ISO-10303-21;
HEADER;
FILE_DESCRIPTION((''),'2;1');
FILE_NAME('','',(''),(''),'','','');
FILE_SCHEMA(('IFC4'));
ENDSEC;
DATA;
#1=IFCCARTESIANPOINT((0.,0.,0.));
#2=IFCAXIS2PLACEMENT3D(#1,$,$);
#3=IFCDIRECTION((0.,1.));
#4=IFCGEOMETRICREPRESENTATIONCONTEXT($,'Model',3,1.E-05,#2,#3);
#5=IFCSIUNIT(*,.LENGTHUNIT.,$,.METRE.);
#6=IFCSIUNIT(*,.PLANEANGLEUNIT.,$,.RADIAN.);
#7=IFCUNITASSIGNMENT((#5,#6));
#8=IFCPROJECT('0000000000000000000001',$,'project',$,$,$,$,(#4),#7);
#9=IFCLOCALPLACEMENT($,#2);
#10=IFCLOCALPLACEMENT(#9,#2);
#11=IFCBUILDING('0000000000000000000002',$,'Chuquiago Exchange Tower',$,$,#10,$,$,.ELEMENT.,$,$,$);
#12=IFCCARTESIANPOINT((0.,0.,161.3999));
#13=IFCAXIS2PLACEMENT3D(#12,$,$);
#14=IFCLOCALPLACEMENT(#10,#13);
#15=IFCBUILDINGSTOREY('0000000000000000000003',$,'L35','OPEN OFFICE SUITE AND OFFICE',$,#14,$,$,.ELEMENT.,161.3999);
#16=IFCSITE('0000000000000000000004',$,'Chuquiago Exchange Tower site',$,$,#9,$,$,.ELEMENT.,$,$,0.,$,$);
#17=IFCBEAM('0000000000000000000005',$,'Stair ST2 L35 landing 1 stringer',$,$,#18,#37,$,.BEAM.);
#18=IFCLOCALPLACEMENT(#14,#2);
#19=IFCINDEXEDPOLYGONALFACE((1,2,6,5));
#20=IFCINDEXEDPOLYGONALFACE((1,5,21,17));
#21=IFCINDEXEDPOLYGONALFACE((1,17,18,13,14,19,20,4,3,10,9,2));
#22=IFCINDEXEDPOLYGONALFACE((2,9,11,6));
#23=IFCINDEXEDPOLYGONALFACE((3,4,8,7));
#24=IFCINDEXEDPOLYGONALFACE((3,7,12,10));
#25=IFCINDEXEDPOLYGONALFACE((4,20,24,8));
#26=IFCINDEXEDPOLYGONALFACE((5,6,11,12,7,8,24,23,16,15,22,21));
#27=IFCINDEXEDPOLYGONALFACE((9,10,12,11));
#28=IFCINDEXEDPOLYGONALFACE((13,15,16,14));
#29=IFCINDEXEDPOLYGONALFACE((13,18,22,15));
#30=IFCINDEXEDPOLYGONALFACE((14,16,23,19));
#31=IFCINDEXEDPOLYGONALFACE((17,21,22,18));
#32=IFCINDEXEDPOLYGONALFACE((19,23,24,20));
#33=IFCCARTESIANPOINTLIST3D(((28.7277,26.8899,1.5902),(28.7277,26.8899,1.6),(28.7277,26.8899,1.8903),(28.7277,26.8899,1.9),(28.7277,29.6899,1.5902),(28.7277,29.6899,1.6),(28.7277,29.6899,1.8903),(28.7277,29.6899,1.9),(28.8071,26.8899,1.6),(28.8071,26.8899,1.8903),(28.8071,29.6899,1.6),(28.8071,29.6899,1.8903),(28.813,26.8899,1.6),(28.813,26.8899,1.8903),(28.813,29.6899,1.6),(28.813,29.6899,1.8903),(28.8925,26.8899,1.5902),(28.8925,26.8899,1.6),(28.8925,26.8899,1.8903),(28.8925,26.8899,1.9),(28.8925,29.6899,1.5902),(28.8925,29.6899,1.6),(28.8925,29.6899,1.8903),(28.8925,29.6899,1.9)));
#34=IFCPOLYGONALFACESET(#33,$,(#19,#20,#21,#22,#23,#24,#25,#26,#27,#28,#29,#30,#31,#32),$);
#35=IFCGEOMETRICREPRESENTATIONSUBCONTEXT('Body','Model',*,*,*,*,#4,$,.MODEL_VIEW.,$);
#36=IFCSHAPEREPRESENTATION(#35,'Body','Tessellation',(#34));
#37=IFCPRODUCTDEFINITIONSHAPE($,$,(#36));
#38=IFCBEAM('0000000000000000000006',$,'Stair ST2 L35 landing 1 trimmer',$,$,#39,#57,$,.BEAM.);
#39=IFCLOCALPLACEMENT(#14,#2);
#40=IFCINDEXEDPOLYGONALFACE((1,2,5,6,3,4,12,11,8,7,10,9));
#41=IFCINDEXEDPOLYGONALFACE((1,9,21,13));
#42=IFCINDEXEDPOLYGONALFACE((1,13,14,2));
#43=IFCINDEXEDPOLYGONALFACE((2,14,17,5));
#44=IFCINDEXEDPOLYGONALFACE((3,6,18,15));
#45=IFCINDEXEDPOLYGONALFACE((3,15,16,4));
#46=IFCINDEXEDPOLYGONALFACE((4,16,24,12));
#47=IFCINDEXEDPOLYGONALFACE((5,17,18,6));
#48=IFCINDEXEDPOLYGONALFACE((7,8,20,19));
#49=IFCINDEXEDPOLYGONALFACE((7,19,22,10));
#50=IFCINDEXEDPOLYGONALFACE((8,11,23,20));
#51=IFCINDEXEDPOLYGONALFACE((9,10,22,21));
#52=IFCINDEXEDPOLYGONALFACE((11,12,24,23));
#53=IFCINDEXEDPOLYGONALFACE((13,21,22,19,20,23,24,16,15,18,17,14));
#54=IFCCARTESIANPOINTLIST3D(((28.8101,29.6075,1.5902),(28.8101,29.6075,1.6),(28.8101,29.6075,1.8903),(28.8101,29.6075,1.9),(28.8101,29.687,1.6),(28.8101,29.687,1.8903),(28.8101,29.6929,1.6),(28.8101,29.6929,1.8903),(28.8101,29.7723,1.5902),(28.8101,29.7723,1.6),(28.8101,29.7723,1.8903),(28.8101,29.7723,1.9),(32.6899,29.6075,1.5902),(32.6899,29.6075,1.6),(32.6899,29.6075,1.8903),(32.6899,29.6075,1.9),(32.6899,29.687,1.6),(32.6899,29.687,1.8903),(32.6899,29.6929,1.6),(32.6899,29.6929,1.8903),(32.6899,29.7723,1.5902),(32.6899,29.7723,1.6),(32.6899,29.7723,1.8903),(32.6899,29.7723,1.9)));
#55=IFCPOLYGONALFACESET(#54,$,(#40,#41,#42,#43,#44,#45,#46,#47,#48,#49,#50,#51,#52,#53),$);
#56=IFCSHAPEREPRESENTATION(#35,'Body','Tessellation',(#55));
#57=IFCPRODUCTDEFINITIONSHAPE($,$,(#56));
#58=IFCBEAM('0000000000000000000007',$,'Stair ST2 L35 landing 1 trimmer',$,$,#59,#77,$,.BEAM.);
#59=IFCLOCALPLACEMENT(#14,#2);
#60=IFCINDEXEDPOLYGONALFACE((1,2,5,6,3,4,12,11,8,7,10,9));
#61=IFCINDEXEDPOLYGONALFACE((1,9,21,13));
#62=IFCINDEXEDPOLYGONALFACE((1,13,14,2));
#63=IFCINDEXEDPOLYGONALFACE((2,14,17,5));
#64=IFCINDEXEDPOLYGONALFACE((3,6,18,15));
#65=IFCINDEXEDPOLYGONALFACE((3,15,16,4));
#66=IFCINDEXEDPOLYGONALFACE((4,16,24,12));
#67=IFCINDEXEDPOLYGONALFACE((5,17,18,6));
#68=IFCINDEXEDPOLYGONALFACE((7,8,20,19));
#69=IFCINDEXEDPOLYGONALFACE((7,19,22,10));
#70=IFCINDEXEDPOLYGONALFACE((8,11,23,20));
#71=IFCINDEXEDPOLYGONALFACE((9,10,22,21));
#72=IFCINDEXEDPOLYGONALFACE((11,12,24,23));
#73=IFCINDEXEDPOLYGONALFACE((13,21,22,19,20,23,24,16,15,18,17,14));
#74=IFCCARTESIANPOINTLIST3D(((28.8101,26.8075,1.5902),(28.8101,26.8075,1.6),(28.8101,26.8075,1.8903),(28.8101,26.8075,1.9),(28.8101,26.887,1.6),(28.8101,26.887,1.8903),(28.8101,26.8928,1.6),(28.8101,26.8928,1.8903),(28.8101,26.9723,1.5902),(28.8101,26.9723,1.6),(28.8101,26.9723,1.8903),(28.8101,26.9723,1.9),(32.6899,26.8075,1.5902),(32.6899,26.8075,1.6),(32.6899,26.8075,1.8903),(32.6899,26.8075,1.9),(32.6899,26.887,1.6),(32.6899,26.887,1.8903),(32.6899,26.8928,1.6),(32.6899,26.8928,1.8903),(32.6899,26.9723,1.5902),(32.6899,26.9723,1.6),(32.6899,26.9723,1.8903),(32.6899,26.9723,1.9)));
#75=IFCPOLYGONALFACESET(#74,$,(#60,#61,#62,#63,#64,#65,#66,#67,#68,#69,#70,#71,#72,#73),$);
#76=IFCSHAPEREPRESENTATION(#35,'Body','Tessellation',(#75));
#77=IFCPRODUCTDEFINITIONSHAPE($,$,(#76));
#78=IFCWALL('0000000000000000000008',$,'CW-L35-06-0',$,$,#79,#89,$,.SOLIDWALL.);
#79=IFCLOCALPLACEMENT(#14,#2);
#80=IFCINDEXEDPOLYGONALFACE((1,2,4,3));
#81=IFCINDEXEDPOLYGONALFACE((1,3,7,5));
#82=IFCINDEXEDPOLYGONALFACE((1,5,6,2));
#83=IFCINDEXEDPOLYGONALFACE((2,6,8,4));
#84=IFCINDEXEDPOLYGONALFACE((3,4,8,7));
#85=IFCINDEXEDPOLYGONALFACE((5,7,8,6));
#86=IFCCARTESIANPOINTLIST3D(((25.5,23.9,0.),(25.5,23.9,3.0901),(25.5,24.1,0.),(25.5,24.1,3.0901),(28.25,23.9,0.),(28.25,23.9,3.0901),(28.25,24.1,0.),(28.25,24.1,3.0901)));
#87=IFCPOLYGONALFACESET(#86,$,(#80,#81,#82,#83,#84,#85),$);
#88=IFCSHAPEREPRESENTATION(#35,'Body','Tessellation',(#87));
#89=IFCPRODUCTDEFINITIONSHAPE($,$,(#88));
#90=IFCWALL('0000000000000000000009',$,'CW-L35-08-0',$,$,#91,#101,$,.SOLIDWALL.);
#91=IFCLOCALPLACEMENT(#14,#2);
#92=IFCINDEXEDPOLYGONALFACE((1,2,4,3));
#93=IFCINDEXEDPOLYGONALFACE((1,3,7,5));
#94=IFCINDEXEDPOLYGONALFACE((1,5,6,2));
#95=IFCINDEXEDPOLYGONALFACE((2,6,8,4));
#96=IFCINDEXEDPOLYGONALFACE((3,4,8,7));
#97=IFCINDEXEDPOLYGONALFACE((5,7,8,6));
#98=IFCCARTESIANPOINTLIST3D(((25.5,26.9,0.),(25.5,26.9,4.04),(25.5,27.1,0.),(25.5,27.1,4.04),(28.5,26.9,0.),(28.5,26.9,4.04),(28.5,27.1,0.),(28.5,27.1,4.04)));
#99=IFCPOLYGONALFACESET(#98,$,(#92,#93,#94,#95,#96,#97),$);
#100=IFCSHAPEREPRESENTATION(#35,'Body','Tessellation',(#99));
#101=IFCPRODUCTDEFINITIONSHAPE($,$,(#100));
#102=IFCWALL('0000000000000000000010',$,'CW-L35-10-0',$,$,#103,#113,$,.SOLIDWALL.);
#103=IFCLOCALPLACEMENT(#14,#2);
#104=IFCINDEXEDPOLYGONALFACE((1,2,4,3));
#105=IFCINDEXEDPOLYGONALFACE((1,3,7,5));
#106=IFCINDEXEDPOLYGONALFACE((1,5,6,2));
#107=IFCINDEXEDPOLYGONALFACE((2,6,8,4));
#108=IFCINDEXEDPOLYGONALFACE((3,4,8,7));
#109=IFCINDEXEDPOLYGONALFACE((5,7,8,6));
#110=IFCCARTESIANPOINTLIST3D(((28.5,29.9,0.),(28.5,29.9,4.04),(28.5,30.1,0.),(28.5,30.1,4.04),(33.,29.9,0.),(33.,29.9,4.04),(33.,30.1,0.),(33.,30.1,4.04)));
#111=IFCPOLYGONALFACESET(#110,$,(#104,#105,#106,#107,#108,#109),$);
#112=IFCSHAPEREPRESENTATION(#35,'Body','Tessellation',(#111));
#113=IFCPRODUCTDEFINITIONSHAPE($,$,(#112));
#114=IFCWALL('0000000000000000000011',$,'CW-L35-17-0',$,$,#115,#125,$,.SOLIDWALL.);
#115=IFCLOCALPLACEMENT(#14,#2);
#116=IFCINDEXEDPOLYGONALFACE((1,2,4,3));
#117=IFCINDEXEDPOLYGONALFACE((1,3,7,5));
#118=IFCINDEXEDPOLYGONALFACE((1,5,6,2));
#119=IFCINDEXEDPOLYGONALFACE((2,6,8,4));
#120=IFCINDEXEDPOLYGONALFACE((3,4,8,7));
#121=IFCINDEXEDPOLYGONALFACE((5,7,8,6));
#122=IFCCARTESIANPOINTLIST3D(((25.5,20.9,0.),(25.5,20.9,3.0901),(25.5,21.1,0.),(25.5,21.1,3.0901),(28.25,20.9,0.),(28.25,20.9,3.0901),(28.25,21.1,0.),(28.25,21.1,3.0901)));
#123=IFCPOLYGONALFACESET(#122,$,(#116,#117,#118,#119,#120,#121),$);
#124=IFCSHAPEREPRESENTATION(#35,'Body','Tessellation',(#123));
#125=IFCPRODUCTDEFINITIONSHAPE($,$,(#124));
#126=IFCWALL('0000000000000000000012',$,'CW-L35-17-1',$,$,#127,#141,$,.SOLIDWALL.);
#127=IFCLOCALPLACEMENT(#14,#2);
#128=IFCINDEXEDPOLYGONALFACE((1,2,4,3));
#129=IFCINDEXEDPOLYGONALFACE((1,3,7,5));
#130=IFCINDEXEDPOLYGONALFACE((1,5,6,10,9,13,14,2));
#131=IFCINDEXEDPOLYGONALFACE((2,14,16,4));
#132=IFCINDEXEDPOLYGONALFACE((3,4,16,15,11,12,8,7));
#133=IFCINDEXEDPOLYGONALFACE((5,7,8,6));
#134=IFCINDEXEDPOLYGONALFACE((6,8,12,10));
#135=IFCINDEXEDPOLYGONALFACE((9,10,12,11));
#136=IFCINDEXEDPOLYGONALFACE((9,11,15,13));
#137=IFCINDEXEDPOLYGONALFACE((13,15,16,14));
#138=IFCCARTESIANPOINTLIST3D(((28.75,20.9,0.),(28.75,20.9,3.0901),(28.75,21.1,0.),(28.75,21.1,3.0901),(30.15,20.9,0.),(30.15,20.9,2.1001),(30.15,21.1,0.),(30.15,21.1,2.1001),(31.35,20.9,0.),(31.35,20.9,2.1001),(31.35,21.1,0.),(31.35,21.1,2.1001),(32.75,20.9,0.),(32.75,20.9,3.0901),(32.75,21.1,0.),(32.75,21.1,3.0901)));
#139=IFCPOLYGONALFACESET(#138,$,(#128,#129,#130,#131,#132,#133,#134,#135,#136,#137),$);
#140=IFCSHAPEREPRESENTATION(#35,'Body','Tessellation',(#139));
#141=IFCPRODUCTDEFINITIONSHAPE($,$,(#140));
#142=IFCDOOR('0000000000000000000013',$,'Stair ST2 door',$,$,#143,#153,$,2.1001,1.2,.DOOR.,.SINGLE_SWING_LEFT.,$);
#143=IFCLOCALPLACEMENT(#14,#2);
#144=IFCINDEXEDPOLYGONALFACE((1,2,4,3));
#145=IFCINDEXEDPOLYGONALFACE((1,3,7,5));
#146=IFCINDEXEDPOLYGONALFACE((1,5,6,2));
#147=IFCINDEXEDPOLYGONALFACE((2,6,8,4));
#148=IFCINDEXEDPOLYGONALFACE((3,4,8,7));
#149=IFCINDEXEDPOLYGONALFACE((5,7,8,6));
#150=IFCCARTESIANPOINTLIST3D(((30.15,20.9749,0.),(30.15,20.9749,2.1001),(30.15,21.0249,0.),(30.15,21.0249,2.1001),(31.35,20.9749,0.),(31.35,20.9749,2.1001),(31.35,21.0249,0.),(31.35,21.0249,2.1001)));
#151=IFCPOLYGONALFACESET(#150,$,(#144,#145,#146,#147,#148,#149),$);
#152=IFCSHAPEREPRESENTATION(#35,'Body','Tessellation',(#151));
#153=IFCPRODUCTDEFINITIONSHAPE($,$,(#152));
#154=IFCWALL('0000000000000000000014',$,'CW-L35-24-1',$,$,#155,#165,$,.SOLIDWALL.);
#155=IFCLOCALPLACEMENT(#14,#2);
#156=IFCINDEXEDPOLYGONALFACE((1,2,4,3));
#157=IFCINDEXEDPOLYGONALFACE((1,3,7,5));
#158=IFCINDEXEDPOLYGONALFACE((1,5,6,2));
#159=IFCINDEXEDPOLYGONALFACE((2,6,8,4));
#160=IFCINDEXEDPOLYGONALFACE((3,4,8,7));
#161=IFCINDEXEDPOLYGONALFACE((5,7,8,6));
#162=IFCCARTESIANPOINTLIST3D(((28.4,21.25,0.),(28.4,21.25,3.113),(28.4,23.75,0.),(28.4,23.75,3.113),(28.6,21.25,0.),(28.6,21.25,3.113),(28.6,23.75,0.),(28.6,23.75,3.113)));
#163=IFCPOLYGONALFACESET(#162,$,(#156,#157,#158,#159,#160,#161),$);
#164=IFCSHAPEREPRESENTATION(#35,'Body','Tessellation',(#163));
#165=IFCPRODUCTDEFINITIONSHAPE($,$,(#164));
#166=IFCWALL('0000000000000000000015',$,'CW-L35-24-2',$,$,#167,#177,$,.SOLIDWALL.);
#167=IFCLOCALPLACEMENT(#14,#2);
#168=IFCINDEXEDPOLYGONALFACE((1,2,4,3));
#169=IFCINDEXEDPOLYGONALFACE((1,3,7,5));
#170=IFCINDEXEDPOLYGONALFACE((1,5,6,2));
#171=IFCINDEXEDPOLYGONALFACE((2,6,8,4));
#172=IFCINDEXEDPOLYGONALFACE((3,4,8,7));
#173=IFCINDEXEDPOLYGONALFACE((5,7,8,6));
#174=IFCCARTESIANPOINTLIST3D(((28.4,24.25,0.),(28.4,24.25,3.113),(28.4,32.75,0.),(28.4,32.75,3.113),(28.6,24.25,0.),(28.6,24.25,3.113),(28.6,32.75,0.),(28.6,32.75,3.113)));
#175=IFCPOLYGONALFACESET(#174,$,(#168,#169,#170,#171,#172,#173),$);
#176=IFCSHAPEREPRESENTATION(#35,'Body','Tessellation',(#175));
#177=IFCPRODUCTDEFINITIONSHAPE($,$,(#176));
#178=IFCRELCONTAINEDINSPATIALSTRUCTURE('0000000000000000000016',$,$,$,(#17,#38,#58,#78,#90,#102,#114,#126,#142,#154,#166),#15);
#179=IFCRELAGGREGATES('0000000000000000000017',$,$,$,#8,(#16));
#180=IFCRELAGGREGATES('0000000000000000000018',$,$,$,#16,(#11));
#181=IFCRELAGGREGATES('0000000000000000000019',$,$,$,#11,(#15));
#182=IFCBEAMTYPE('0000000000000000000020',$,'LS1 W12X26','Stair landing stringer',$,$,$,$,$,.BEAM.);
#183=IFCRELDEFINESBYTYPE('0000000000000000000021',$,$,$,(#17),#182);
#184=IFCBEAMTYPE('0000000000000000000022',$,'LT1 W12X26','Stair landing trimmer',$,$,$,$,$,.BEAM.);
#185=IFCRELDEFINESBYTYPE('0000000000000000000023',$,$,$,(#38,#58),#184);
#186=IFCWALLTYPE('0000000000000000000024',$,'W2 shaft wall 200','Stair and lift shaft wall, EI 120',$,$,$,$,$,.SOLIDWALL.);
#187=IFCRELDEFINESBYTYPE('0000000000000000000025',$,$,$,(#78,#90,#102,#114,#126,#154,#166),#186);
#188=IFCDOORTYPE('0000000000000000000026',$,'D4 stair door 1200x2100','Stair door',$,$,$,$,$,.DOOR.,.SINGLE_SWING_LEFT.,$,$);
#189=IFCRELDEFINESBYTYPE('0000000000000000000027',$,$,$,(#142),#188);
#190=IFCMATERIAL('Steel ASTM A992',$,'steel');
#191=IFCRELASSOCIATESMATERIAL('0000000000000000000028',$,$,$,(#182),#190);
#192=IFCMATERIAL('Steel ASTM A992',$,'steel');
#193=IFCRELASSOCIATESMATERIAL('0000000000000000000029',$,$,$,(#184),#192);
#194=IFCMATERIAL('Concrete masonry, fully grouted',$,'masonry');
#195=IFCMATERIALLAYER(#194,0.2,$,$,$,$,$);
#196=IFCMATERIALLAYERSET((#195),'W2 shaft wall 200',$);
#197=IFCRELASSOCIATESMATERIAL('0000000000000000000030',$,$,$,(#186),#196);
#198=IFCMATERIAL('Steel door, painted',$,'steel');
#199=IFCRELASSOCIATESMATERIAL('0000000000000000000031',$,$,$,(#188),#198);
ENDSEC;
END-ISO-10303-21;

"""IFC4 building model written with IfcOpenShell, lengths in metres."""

from ifc_helpers import new_model, si_unit, direction, frame, frame_2d, origin, origin_2d, place, context, subcontext, project, spatial, rectangle, i_section, extrude, material, layer, layer_set, material_profile, profile_set, type_object, element, fill, save


model = new_model("IFC4")

# Units and contexts
model_context = context("Model", 3, precision=1e-05, world=origin(), true_north=direction((0.0, 1.0)))
body_context = subcontext(model_context, "Body", "Model", "MODEL_VIEW")
ifc_project = project(units=[si_unit("LENGTHUNIT", "METRE"), si_unit("PLANEANGLEUNIT", "RADIAN")], contexts=[model_context])

# Site, building, storey
site_placement = place(None, origin())
site = spatial("IfcSite", under=ifc_project, at=site_placement, Name="Chuquiago Exchange Tower site", CompositionType="ELEMENT", RefElevation=0.0)
building_placement = place(site_placement, origin())
building = spatial("IfcBuilding", under=site, at=building_placement, Name="Chuquiago Exchange Tower", CompositionType="ELEMENT")
storey_placement = place(building_placement, frame((0.0, 0.0, 161.3999)))
storey = spatial("IfcBuildingStorey", under=building, at=storey_placement, Name="L35", Description="OPEN OFFICE SUITE AND OFFICE", CompositionType="ELEMENT", Elevation=161.3999)

# Beams
ifc_material_1 = material(Name="Steel ASTM A992", Category="steel")
ifc_material_profile_1 = material_profile(ifc_material_1, i_section(OverallWidth=0.1648, OverallDepth=0.3098, WebThickness=0.0059, FlangeThickness=0.0098, at=origin_2d()), Name="W12X26")
ifc_profile_set_1 = profile_set([ifc_material_profile_1], Name="Steel ASTM A992")
beam_type_1 = type_object("IfcBeamType", Name="LS1 W12X26", Description="Stair landing stringer", PredefinedType="BEAM", material=ifc_profile_set_1)
beam_1_placement = place(storey_placement, frame((28.8101, 26.8899, 1.7451), z_axis=(0.0, 1.0, 0.0), x_axis=(-1.0, 0.0, 0.0)))
element("IfcBeam", 1, at=beam_1_placement, inside=storey, type_object=beam_type_1, Name="Stair ST2 L35 landing 1 stringer", PredefinedType="BEAM", context=body_context, shape_type="SweptSolid", body=[
    extrude(i_section(OverallWidth=0.1648, OverallDepth=0.3098, WebThickness=0.0059, FlangeThickness=0.0098, at=origin_2d()), origin(), (0.0, 0.0, 1.0), 2.8),
])
ifc_material_2 = material(Name="Steel ASTM A992", Category="steel")
ifc_material_profile_2 = material_profile(ifc_material_2, i_section(OverallWidth=0.1648, OverallDepth=0.3098, WebThickness=0.0059, FlangeThickness=0.0098, at=origin_2d()), Name="W12X26")
ifc_profile_set_2 = profile_set([ifc_material_profile_2], Name="Steel ASTM A992")
beam_type_2 = type_object("IfcBeamType", Name="LT1 W12X26", Description="Stair landing trimmer", PredefinedType="BEAM", material=ifc_profile_set_2)
for number, where, z_axis, x_axis, name in (
    (2, (28.8101, 29.6899, 1.7451), (1.0, 0.0, 0.0), (0.0, 1.0, 0.0), "Stair ST2 L35 landing 1 trimmer"),
    (3, (28.8101, 26.8899, 1.7451), (1.0, 0.0, 0.0), (0.0, 1.0, 0.0), "Stair ST2 L35 landing 1 trimmer"),
):
    element("IfcBeam", number, at=place(storey_placement, frame(where, z_axis=z_axis, x_axis=x_axis)), inside=storey, type_object=beam_type_2, Name=name, PredefinedType="BEAM", context=body_context, shape_type="SweptSolid", body=[
        extrude(i_section(OverallWidth=0.1648, OverallDepth=0.3098, WebThickness=0.0059, FlangeThickness=0.0098, at=origin_2d()), origin(), (0.0, 0.0, 1.0), 3.8799),
    ])

# Walls
ifc_material_3 = material(Name="Concrete masonry, fully grouted", Category="masonry")
ifc_layer_1 = layer(ifc_material_3, 0.2)
ifc_layer_set_1 = layer_set([ifc_layer_1], Name="W2 shaft wall 200")
wall_type_1 = type_object("IfcWallType", Name="W2 shaft wall 200", Description="Stair and lift shaft wall, EI 120", PredefinedType="SOLIDWALL", material=ifc_layer_set_1)
wall_1_placement = place(storey_placement, frame((25.5, 24.0, 0.0), z_axis=(0.0, 0.0, 1.0), x_axis=(1.0, 0.0, 0.0)))
element("IfcWall", 4, at=wall_1_placement, inside=storey, type_object=wall_type_1, Name="CW-L35-06-0", PredefinedType="SOLIDWALL", context=body_context, shape_type="SweptSolid", body=[
    extrude(rectangle(XDim=2.75, YDim=0.2, at=frame_2d((1.375, 0.0))), origin(), (0.0, 0.0, 1.0), 3.0901),
])
wall_2_placement = place(storey_placement, frame((25.5, 27.0, 0.0), z_axis=(0.0, 0.0, 1.0), x_axis=(1.0, 0.0, 0.0)))
element("IfcWall", 5, at=wall_2_placement, inside=storey, type_object=wall_type_1, Name="CW-L35-08-0", PredefinedType="SOLIDWALL", context=body_context, shape_type="SweptSolid", body=[
    extrude(rectangle(XDim=3.0, YDim=0.2, at=frame_2d((1.5, 0.0))), origin(), (0.0, 0.0, 1.0), 4.04),
])
wall_3_placement = place(storey_placement, frame((28.5, 30.0, 0.0), z_axis=(0.0, 0.0, 1.0), x_axis=(1.0, 0.0, 0.0)))
element("IfcWall", 6, at=wall_3_placement, inside=storey, type_object=wall_type_1, Name="CW-L35-10-0", PredefinedType="SOLIDWALL", context=body_context, shape_type="SweptSolid", body=[
    extrude(rectangle(XDim=4.5, YDim=0.2, at=frame_2d((2.25, 0.0))), origin(), (0.0, 0.0, 1.0), 4.04),
])
wall_4_placement = place(storey_placement, frame((25.5, 21.0, 0.0), z_axis=(0.0, 0.0, 1.0), x_axis=(1.0, 0.0, 0.0)))
element("IfcWall", 7, at=wall_4_placement, inside=storey, type_object=wall_type_1, Name="CW-L35-17-0", PredefinedType="SOLIDWALL", context=body_context, shape_type="SweptSolid", body=[
    extrude(rectangle(XDim=2.75, YDim=0.2, at=frame_2d((1.375, 0.0))), origin(), (0.0, 0.0, 1.0), 3.0901),
])

# Wall, opening, door
wall_5_placement = place(storey_placement, frame((28.75, 21.0, 0.0), z_axis=(0.0, 0.0, 1.0), x_axis=(1.0, 0.0, 0.0)))
wall_5 = element("IfcWall", 8, at=wall_5_placement, inside=storey, type_object=wall_type_1, Name="CW-L35-17-1", PredefinedType="SOLIDWALL", context=body_context, shape_type="SweptSolid", body=[
    extrude(rectangle(XDim=4.0, YDim=0.2, at=frame_2d((2.0, 0.0))), origin(), (0.0, 0.0, 1.0), 3.0901),
])
opening_1_placement = place(wall_5_placement, frame((1.3999, 0.0, 0.0)))
opening_1 = element("IfcOpeningElement", 9, at=opening_1_placement, cuts=wall_5, PredefinedType="OPENING", context=body_context, shape_type="SweptSolid", body=[
    extrude(rectangle(XDim=1.2, YDim=2.1001, at=frame_2d((0.6001, 1.05))), frame((0.0, 0.1099, 0.0), z_axis=(0.0, -1.0, 0.0), x_axis=(1.0, 0.0, 0.0)), (0.0, 0.0, 1.0), 0.22),
])
ifc_material_4 = material(Name="Steel door, painted", Category="steel")
door_type_1 = type_object("IfcDoorType", Name="D4 stair door 1200x2100", Description="Stair door", OperationType="SINGLE_SWING_LEFT", PredefinedType="DOOR", material=ifc_material_4)
door_1_placement = place(opening_1_placement, origin())
door_1 = element("IfcDoor", 10, at=door_1_placement, inside=storey, type_object=door_type_1, Name="Stair ST2 door", OperationType="SINGLE_SWING_LEFT", OverallHeight=2.1001, OverallWidth=1.2, PredefinedType="DOOR", context=body_context, shape_type="SweptSolid", body=[
    extrude(rectangle(XDim=1.2, YDim=2.1001, at=frame_2d((0.6001, 1.05))), frame((0.0, 0.0249, 0.0), z_axis=(0.0, -1.0, 0.0), x_axis=(1.0, 0.0, 0.0)), (0.0, 0.0, 1.0), 0.05),
])
fill(opening_1, door_1)

# Walls
wall_6_placement = place(storey_placement, frame((28.5, 21.25, 0.0), z_axis=(0.0, 0.0, 1.0), x_axis=(0.0, 1.0, 0.0)))
element("IfcWall", 11, at=wall_6_placement, inside=storey, type_object=wall_type_1, Name="CW-L35-24-1", PredefinedType="SOLIDWALL", context=body_context, shape_type="SweptSolid", body=[
    extrude(rectangle(XDim=2.5, YDim=0.2, at=frame_2d((1.25, 0.0))), origin(), (0.0, 0.0, 1.0), 3.113),
])
wall_7_placement = place(storey_placement, frame((28.5, 24.25, 0.0), z_axis=(0.0, 0.0, 1.0), x_axis=(0.0, 1.0, 0.0)))
element("IfcWall", 12, at=wall_7_placement, inside=storey, type_object=wall_type_1, Name="CW-L35-24-2", PredefinedType="SOLIDWALL", context=body_context, shape_type="SweptSolid", body=[
    extrude(rectangle(XDim=8.5, YDim=0.2, at=frame_2d((4.25, 0.0))), origin(), (0.0, 0.0, 1.0), 3.113),
])

save(model, "model.ifc")
